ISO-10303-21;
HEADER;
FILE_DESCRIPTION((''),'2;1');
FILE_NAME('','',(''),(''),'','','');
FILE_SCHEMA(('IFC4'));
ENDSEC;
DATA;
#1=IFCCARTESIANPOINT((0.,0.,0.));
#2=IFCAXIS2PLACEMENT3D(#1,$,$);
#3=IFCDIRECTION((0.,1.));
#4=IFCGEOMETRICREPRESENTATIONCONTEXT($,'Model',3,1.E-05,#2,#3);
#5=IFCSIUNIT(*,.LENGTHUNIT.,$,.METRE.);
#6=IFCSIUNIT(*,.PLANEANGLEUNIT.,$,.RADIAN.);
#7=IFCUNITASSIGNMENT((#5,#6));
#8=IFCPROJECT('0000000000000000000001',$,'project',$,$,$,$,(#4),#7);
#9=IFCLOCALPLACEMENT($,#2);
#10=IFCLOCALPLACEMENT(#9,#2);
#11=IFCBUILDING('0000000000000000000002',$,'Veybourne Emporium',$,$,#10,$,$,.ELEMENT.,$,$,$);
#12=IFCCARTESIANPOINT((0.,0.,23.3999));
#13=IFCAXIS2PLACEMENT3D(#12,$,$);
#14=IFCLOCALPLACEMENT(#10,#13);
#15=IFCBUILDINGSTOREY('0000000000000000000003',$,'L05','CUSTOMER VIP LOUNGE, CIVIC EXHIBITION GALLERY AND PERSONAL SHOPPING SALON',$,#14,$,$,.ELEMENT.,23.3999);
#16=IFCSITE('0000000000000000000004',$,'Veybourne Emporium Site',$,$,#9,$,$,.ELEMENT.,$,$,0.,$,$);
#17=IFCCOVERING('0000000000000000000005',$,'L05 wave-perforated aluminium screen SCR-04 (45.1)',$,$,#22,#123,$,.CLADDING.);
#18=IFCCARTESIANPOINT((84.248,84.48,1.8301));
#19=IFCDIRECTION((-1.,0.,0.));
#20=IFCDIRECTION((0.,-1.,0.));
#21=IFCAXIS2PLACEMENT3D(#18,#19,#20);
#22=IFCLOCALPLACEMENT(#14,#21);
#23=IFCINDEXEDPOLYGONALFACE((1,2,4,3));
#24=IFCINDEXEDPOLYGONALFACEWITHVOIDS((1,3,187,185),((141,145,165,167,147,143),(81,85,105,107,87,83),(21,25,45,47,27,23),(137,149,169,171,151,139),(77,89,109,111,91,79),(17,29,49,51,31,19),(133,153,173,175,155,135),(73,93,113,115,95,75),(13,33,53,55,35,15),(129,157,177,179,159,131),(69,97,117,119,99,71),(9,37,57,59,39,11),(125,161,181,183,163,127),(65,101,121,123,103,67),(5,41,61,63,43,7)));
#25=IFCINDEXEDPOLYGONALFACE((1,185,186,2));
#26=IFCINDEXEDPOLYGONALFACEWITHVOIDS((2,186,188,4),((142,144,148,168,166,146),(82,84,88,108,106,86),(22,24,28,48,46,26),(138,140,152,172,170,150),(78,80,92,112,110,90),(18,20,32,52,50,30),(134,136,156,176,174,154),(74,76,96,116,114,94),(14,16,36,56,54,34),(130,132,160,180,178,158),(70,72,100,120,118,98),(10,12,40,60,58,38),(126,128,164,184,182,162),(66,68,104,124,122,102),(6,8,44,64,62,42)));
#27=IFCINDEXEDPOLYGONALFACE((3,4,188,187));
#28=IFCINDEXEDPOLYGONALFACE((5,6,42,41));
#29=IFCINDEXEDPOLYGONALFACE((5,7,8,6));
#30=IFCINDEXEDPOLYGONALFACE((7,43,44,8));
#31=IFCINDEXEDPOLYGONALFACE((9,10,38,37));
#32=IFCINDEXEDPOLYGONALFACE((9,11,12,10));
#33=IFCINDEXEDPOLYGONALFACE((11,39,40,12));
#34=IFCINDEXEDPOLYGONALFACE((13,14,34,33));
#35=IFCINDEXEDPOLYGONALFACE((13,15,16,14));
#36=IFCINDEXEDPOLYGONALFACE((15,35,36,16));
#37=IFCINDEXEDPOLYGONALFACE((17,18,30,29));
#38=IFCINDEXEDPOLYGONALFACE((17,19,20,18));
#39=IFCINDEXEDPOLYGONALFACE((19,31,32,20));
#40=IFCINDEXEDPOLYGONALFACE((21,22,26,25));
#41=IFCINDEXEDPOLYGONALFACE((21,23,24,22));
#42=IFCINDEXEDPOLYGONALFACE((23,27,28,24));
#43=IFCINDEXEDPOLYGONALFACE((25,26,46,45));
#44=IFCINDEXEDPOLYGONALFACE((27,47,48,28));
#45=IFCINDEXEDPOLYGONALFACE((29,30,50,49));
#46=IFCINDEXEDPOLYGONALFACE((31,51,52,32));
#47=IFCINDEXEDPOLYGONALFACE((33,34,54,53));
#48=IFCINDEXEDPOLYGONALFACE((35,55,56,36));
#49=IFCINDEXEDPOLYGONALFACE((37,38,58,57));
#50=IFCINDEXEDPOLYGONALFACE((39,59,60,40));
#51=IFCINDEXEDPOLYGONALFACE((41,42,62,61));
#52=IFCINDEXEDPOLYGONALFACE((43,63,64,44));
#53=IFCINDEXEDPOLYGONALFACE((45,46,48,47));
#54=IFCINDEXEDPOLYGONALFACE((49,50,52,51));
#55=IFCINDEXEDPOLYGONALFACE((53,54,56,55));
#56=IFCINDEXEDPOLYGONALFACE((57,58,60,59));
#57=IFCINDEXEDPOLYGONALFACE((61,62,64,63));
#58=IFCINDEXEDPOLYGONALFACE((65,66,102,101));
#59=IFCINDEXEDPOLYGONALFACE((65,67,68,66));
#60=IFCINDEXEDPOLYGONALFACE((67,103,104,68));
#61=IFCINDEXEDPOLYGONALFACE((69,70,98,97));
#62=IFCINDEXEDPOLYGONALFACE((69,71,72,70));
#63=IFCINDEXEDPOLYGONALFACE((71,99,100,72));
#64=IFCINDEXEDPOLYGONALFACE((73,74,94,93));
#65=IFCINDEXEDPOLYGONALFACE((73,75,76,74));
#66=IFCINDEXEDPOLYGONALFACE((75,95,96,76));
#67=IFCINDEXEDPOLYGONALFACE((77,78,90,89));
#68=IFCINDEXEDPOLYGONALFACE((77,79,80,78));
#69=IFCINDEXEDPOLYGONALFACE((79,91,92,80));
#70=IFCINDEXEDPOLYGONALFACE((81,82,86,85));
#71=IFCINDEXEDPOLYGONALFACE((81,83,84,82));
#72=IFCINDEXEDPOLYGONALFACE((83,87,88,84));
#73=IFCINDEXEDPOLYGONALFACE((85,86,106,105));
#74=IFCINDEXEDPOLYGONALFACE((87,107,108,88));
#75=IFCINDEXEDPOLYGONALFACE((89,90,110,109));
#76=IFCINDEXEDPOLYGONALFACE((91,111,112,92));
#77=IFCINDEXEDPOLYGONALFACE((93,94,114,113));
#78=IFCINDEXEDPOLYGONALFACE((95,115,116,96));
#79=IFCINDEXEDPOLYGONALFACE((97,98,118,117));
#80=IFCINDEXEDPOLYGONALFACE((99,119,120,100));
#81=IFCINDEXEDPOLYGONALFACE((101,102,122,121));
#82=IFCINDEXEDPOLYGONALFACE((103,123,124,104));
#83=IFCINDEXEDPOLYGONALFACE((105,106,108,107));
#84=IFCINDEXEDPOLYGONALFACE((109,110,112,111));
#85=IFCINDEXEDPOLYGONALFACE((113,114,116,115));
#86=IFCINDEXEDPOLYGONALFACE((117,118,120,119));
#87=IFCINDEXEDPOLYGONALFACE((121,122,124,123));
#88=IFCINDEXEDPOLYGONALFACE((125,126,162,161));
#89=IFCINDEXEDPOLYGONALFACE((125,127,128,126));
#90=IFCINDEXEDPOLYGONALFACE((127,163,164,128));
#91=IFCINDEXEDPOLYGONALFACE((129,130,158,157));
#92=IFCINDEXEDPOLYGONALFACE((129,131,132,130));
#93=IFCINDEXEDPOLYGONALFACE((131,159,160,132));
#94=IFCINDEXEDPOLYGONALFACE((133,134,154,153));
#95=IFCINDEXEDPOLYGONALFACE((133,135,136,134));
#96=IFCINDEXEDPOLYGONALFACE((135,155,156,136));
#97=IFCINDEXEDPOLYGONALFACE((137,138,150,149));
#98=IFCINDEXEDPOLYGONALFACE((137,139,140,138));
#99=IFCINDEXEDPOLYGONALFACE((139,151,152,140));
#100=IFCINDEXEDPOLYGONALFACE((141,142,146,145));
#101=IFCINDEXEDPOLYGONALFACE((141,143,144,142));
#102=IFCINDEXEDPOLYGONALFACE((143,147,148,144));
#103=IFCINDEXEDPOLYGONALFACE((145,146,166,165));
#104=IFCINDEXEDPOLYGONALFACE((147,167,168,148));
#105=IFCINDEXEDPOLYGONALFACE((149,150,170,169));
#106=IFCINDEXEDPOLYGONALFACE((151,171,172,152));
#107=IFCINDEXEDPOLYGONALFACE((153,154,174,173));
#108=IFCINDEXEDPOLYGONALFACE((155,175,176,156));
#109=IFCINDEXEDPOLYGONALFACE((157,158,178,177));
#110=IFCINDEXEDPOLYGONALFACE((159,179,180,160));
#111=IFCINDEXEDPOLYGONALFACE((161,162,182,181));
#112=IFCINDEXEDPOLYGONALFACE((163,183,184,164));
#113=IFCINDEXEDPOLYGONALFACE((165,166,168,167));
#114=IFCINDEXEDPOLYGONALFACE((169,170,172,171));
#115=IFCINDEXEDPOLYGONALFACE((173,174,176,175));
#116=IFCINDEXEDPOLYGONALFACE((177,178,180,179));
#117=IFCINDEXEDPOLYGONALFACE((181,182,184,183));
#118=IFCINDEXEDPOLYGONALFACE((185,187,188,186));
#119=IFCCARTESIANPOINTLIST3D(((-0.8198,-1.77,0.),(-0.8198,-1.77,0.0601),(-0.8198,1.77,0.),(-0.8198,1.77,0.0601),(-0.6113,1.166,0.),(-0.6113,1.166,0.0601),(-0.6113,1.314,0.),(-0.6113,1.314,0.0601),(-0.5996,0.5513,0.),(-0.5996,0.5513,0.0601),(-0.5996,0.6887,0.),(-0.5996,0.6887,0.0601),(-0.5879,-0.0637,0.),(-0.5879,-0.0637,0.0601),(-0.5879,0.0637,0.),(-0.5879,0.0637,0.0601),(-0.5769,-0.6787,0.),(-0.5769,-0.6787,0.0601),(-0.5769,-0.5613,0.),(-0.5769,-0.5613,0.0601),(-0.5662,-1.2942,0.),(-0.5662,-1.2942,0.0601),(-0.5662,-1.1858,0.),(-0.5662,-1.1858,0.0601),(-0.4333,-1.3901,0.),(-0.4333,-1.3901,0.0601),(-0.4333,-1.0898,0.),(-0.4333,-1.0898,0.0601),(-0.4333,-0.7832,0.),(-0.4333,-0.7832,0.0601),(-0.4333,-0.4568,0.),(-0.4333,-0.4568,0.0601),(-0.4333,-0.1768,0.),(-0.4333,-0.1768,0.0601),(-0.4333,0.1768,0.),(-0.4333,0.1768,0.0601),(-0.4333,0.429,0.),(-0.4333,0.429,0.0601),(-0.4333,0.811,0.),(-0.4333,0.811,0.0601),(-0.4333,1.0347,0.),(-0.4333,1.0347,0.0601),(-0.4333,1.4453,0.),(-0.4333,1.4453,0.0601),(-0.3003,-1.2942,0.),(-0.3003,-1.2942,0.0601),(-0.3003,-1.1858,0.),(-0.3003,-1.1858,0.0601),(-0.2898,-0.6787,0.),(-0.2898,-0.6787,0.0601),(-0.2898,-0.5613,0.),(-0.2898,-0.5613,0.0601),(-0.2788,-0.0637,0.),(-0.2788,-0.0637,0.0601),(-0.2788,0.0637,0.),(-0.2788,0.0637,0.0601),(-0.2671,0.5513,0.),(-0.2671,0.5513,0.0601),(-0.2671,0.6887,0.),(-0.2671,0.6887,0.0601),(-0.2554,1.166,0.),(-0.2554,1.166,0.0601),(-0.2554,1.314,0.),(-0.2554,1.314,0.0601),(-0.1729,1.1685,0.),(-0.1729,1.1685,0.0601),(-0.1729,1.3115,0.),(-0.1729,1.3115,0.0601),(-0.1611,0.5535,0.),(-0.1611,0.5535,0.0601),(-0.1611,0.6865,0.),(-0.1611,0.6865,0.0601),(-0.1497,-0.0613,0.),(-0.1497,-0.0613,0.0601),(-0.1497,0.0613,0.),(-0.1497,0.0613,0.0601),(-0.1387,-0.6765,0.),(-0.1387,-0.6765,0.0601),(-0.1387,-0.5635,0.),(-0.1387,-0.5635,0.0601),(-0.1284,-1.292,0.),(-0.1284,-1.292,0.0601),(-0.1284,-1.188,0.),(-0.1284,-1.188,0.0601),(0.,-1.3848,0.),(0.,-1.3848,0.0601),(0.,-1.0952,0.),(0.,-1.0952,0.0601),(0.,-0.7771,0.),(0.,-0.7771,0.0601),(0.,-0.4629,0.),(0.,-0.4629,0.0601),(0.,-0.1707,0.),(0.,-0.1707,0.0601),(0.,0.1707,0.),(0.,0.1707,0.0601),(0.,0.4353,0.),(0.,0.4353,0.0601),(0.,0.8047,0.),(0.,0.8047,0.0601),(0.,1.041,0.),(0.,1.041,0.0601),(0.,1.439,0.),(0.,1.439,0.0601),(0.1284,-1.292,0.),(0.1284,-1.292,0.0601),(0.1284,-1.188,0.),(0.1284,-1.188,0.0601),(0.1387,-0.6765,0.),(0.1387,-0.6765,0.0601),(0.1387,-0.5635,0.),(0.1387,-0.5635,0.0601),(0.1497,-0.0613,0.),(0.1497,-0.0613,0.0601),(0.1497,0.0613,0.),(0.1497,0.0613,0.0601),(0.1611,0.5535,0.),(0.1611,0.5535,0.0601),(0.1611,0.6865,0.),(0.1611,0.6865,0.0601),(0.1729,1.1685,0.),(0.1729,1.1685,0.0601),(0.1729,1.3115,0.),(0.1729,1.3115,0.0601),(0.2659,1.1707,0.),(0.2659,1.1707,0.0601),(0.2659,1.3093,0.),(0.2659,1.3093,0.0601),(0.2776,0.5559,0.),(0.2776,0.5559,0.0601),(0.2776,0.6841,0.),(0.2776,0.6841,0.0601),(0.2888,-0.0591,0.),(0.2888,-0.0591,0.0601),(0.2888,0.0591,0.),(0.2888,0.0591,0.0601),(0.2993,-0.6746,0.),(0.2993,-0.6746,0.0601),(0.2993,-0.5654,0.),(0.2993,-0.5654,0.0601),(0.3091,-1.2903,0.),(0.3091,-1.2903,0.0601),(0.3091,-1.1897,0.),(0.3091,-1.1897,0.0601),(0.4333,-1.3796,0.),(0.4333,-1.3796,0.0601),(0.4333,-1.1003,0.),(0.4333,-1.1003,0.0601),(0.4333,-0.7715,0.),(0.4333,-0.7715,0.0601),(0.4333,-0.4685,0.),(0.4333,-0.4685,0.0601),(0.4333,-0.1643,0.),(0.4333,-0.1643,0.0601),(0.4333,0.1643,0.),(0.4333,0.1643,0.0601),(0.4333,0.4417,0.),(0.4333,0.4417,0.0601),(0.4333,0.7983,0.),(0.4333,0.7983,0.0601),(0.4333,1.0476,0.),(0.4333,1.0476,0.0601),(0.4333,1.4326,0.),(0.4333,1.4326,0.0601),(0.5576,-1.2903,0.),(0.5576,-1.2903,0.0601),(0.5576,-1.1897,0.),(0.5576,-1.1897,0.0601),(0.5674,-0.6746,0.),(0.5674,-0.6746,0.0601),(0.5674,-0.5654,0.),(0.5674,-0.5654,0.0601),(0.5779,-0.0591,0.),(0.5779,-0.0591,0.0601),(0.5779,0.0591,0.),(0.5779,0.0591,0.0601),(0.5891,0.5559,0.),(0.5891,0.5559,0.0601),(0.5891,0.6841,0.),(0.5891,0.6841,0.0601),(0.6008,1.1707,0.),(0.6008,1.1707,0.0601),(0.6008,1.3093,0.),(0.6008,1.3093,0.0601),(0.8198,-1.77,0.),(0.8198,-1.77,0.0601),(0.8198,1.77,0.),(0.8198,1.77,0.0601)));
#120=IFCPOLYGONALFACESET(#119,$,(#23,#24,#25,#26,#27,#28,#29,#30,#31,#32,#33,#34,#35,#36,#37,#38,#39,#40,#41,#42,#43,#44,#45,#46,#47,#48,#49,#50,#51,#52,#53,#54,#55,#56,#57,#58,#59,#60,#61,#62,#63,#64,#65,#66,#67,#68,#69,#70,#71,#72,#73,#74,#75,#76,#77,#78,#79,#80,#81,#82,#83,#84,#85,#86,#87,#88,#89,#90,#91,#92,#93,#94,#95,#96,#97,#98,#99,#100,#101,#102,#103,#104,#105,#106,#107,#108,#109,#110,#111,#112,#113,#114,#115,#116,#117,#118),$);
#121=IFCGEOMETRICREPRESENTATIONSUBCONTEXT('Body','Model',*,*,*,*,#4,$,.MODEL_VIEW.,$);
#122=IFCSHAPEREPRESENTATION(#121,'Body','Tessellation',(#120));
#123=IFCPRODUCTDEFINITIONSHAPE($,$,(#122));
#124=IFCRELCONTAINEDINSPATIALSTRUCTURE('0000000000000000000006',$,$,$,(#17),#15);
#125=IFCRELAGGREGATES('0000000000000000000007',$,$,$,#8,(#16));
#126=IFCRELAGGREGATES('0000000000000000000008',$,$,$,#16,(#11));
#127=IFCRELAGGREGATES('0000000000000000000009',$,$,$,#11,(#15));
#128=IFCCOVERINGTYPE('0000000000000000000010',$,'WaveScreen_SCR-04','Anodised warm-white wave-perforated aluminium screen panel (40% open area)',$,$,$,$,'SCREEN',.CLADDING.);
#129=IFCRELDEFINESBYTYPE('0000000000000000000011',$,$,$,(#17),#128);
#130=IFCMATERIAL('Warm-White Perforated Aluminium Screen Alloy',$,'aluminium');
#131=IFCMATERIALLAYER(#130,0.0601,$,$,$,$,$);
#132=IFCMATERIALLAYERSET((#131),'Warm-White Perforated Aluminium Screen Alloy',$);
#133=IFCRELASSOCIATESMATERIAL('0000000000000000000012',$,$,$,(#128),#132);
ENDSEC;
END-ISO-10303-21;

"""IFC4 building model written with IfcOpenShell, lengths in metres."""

from ifc_helpers import new_model, si_unit, direction, frame, origin, place, context, subcontext, project, spatial, polyline, outline, extrude, material, layer, layer_set, type_object, element, save


model = new_model("IFC4")

# Units and contexts
model_context = context("Model", 3, precision=1e-05, world=origin(), true_north=direction((0.0, 1.0)))
body_context = subcontext(model_context, "Body", "Model", "MODEL_VIEW")
ifc_project = project(units=[si_unit("LENGTHUNIT", "METRE"), si_unit("PLANEANGLEUNIT", "RADIAN")], contexts=[model_context])

# Site, building, storey
site_placement = place(None, origin())
site = spatial("IfcSite", under=ifc_project, at=site_placement, Name="Veybourne Emporium Site", CompositionType="ELEMENT", RefElevation=0.0)
building_placement = place(site_placement, origin())
building = spatial("IfcBuilding", under=site, at=building_placement, Name="Veybourne Emporium", CompositionType="ELEMENT")
storey_placement = place(building_placement, frame((0.0, 0.0, 23.3999)))
storey = spatial("IfcBuildingStorey", under=building, at=storey_placement, Name="L05", Description="CUSTOMER VIP LOUNGE, CIVIC EXHIBITION GALLERY AND PERSONAL SHOPPING SALON", CompositionType="ELEMENT", Elevation=23.3999)

# Covering
ifc_material_1 = material(Name="Warm-White Perforated Aluminium Screen Alloy", Category="aluminium")
ifc_layer_1 = layer(ifc_material_1, 0.0601)
ifc_layer_set_1 = layer_set([ifc_layer_1], Name="Warm-White Perforated Aluminium Screen Alloy")
covering_type_1 = type_object("IfcCoveringType", Name="WaveScreen_SCR-04", Description="Anodised warm-white wave-perforated aluminium screen panel (40% open area)", ElementType="SCREEN", PredefinedType="CLADDING", material=ifc_layer_set_1)
covering_1_placement = place(storey_placement, frame((84.248, 84.48, 1.8301), z_axis=(-1.0, 0.0, 0.0), x_axis=(0.0, -1.0, 0.0)))
element("IfcCovering", 1, at=covering_1_placement, inside=storey, type_object=covering_type_1, Name="L05 wave-perforated aluminium screen SCR-04 (45.1)", PredefinedType="CLADDING", context=body_context, shape_type="SweptSolid", body=[
    extrude(outline(polyline([(-0.8198, -1.77), (0.8198, -1.77), (0.8198, 1.77), (-0.8198, 1.77), (-0.8198, -1.77)]), holes=[polyline([(-0.4333, -1.0898), (-0.3003, -1.1858), (-0.3003, -1.2942), (-0.4333, -1.3901), (-0.5662, -1.2942), (-0.5662, -1.1858), (-0.4333, -1.0898)]), polyline([(-0.4333, -0.4568), (-0.2898, -0.5613), (-0.2898, -0.6787), (-0.4333, -0.7832), (-0.5769, -0.6787), (-0.5769, -0.5613), (-0.4333, -0.4568)]), polyline([(-0.4333, 0.1768), (-0.2788, 0.0637), (-0.2788, -0.0637), (-0.4333, -0.1768), (-0.5879, -0.0637), (-0.5879, 0.0637), (-0.4333, 0.1768)]), polyline([(-0.4333, 0.811), (-0.2671, 0.6887), (-0.2671, 0.5513), (-0.4333, 0.429), (-0.5996, 0.5513), (-0.5996, 0.6887), (-0.4333, 0.811)]), polyline([(-0.4333, 1.4453), (-0.2554, 1.314), (-0.2554, 1.166), (-0.4333, 1.0347), (-0.6113, 1.166), (-0.6113, 1.314), (-0.4333, 1.4453)]), polyline([(0.0, -1.0952), (0.1284, -1.188), (0.1284, -1.292), (0.0, -1.3848), (-0.1284, -1.292), (-0.1284, -1.188), (0.0, -1.0952)]), polyline([(0.0, -0.4629), (0.1387, -0.5635), (0.1387, -0.6765), (0.0, -0.7771), (-0.1387, -0.6765), (-0.1387, -0.5635), (0.0, -0.4629)]), polyline([(0.0, 0.1707), (0.1497, 0.0613), (0.1497, -0.0613), (0.0, -0.1707), (-0.1497, -0.0613), (-0.1497, 0.0613), (0.0, 0.1707)]), polyline([(0.0, 0.8047), (0.1611, 0.6865), (0.1611, 0.5535), (0.0, 0.4353), (-0.1611, 0.5535), (-0.1611, 0.6865), (0.0, 0.8047)]), polyline([(0.0, 1.439), (0.1729, 1.3115), (0.1729, 1.1685), (0.0, 1.041), (-0.1729, 1.1685), (-0.1729, 1.3115), (0.0, 1.439)]), polyline([(0.4333, -1.1003), (0.5576, -1.1897), (0.5576, -1.2903), (0.4333, -1.3796), (0.3091, -1.2903), (0.3091, -1.1897), (0.4333, -1.1003)]), polyline([(0.4333, -0.4685), (0.5674, -0.5654), (0.5674, -0.6746), (0.4333, -0.7715), (0.2993, -0.6746), (0.2993, -0.5654), (0.4333, -0.4685)]), polyline([(0.4333, 0.1643), (0.5779, 0.0591), (0.5779, -0.0591), (0.4333, -0.1643), (0.2888, -0.0591), (0.2888, 0.0591), (0.4333, 0.1643)]), polyline([(0.4333, 0.7983), (0.5891, 0.6841), (0.5891, 0.5559), (0.4333, 0.4417), (0.2776, 0.5559), (0.2776, 0.6841), (0.4333, 0.7983)]), polyline([(0.4333, 1.4326), (0.6008, 1.3093), (0.6008, 1.1707), (0.4333, 1.0476), (0.2659, 1.1707), (0.2659, 1.3093), (0.4333, 1.4326)])]), origin(), (0.0, 0.0, 1.0), 0.0601),
])

save(model, "model.ifc")
